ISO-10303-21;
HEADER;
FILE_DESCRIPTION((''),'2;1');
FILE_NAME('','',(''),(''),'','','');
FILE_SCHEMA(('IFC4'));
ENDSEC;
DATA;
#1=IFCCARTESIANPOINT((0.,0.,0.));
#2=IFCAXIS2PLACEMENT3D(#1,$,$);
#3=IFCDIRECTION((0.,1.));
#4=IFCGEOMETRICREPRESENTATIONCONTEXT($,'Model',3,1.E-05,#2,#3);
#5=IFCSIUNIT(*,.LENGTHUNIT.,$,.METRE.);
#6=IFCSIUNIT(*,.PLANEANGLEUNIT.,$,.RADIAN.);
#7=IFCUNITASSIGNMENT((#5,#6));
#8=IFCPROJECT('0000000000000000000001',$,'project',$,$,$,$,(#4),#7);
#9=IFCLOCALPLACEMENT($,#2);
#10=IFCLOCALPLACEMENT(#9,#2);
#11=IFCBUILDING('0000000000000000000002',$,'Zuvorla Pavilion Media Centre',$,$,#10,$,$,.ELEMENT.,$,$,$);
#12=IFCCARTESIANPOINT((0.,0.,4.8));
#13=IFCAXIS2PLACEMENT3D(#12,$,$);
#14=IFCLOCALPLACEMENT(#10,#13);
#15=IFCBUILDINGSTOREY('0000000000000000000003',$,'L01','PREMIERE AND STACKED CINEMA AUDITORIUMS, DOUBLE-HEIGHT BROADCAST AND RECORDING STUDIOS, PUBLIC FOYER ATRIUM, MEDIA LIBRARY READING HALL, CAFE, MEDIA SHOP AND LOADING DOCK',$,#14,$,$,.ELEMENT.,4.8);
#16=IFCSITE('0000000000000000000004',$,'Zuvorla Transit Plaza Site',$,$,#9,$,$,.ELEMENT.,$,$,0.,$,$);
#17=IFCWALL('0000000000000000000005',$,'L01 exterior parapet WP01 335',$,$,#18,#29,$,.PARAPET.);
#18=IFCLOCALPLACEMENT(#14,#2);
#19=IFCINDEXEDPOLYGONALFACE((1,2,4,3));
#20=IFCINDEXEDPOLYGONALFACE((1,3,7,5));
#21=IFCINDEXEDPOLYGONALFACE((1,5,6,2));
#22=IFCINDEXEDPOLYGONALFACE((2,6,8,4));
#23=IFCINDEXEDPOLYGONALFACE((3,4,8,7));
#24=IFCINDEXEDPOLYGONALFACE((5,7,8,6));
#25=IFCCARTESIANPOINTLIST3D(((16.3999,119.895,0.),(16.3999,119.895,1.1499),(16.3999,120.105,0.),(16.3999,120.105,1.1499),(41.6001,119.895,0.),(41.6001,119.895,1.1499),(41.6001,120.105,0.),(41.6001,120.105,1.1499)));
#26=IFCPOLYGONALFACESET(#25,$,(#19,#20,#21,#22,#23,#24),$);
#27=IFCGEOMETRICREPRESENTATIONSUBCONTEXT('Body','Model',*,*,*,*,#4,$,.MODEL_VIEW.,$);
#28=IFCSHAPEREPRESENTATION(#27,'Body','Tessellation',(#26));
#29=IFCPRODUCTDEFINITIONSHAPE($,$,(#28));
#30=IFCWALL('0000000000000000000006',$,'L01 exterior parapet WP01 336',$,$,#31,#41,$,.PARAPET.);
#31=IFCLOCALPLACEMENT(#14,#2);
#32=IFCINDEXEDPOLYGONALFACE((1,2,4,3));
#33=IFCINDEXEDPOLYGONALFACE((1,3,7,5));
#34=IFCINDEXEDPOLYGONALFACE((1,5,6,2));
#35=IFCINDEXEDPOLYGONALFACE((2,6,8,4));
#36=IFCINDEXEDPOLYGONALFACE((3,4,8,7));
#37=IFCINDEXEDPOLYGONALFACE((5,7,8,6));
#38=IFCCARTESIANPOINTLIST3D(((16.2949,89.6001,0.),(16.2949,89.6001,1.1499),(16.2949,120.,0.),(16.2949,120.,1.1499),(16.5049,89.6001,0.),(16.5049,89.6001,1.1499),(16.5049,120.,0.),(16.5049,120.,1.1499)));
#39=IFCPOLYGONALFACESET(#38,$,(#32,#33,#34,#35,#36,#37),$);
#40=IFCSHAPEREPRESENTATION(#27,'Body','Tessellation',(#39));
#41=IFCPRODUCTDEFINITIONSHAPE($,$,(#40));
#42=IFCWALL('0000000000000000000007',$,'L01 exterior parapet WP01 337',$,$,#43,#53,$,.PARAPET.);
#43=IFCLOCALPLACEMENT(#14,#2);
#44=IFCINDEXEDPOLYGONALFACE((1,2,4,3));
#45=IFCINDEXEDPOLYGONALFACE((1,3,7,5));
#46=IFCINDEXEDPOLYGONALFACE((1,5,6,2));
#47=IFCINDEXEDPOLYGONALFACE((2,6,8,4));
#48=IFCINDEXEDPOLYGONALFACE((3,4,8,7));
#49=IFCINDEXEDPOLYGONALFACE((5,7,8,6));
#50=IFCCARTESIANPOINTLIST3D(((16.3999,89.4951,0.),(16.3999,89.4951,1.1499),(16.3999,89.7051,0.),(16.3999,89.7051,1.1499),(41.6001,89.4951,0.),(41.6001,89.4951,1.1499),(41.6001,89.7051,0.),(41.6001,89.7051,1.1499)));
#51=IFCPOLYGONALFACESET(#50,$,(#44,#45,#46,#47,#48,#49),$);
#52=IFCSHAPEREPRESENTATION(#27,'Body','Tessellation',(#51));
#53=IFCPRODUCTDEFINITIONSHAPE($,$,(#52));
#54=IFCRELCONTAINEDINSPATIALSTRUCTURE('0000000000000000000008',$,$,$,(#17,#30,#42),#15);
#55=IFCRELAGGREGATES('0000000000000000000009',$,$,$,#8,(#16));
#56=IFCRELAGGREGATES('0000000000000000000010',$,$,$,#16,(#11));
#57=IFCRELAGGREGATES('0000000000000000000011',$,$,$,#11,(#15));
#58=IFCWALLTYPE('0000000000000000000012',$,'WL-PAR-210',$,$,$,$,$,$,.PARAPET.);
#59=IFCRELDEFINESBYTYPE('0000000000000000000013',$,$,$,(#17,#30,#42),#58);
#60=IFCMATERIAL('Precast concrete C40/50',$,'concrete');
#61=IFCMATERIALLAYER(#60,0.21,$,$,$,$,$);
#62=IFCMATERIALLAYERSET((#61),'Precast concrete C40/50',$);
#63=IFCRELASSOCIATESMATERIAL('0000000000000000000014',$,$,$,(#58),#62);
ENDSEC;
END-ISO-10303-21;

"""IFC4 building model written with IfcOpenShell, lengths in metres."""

from ifc_helpers import new_model, si_unit, direction, frame, frame_2d, origin, place, context, subcontext, project, spatial, rectangle, extrude, material, layer, layer_set, type_object, element, save


model = new_model("IFC4")

# Units and contexts
model_context = context("Model", 3, precision=1e-05, world=origin(), true_north=direction((0.0, 1.0)))
body_context = subcontext(model_context, "Body", "Model", "MODEL_VIEW")
ifc_project = project(units=[si_unit("LENGTHUNIT", "METRE"), si_unit("PLANEANGLEUNIT", "RADIAN")], contexts=[model_context])

# Site, building, storey
site_placement = place(None, origin())
site = spatial("IfcSite", under=ifc_project, at=site_placement, Name="Zuvorla Transit Plaza Site", CompositionType="ELEMENT", RefElevation=0.0)
building_placement = place(site_placement, origin())
building = spatial("IfcBuilding", under=site, at=building_placement, Name="Zuvorla Pavilion Media Centre", CompositionType="ELEMENT")
storey_placement = place(building_placement, frame((0.0, 0.0, 4.8)))
storey = spatial("IfcBuildingStorey", under=building, at=storey_placement, Name="L01", Description="PREMIERE AND STACKED CINEMA AUDITORIUMS, DOUBLE-HEIGHT BROADCAST AND RECORDING STUDIOS, PUBLIC FOYER ATRIUM, MEDIA LIBRARY READING HALL, CAFE, MEDIA SHOP AND LOADING DOCK", CompositionType="ELEMENT", Elevation=4.8)

# Walls
ifc_material_1 = material(Name="Precast concrete C40/50", Category="concrete")
ifc_layer = layer(ifc_material_1, 0.21)
ifc_layer_set = layer_set([ifc_layer], Name="Precast concrete C40/50")
wall_type = type_object("IfcWallType", Name="WL-PAR-210", PredefinedType="PARAPET", material=ifc_layer_set)
wall_1_placement = place(storey_placement, frame((16.3999, 120.0, 0.0), z_axis=(0.0, 0.0, 1.0), x_axis=(1.0, 0.0, 0.0)))
element("IfcWall", 1, at=wall_1_placement, inside=storey, type_object=wall_type, Name="L01 exterior parapet WP01 335", PredefinedType="PARAPET", context=body_context, shape_type="SweptSolid", body=[
    extrude(rectangle(XDim=25.2002, YDim=0.21, at=frame_2d((12.6001, 0.0))), origin(), (0.0, 0.0, 1.0), 1.1499),
])
wall_2_placement = place(storey_placement, frame((16.3999, 89.6001, 0.0), z_axis=(0.0, 0.0, 1.0), x_axis=(0.0, 1.0, 0.0)))
element("IfcWall", 2, at=wall_2_placement, inside=storey, type_object=wall_type, Name="L01 exterior parapet WP01 336", PredefinedType="PARAPET", context=body_context, shape_type="SweptSolid", body=[
    extrude(rectangle(XDim=30.3999, YDim=0.21, at=frame_2d((15.2, 0.0))), origin(), (0.0, 0.0, 1.0), 1.1499),
])
wall_3_placement = place(storey_placement, frame((16.3999, 89.6001, 0.0), z_axis=(0.0, 0.0, 1.0), x_axis=(1.0, 0.0, 0.0)))
element("IfcWall", 3, at=wall_3_placement, inside=storey, type_object=wall_type, Name="L01 exterior parapet WP01 337", PredefinedType="PARAPET", context=body_context, shape_type="SweptSolid", body=[
    extrude(rectangle(XDim=25.2002, YDim=0.21, at=frame_2d((12.6001, 0.0))), origin(), (0.0, 0.0, 1.0), 1.1499),
])

save(model, "model.ifc")
